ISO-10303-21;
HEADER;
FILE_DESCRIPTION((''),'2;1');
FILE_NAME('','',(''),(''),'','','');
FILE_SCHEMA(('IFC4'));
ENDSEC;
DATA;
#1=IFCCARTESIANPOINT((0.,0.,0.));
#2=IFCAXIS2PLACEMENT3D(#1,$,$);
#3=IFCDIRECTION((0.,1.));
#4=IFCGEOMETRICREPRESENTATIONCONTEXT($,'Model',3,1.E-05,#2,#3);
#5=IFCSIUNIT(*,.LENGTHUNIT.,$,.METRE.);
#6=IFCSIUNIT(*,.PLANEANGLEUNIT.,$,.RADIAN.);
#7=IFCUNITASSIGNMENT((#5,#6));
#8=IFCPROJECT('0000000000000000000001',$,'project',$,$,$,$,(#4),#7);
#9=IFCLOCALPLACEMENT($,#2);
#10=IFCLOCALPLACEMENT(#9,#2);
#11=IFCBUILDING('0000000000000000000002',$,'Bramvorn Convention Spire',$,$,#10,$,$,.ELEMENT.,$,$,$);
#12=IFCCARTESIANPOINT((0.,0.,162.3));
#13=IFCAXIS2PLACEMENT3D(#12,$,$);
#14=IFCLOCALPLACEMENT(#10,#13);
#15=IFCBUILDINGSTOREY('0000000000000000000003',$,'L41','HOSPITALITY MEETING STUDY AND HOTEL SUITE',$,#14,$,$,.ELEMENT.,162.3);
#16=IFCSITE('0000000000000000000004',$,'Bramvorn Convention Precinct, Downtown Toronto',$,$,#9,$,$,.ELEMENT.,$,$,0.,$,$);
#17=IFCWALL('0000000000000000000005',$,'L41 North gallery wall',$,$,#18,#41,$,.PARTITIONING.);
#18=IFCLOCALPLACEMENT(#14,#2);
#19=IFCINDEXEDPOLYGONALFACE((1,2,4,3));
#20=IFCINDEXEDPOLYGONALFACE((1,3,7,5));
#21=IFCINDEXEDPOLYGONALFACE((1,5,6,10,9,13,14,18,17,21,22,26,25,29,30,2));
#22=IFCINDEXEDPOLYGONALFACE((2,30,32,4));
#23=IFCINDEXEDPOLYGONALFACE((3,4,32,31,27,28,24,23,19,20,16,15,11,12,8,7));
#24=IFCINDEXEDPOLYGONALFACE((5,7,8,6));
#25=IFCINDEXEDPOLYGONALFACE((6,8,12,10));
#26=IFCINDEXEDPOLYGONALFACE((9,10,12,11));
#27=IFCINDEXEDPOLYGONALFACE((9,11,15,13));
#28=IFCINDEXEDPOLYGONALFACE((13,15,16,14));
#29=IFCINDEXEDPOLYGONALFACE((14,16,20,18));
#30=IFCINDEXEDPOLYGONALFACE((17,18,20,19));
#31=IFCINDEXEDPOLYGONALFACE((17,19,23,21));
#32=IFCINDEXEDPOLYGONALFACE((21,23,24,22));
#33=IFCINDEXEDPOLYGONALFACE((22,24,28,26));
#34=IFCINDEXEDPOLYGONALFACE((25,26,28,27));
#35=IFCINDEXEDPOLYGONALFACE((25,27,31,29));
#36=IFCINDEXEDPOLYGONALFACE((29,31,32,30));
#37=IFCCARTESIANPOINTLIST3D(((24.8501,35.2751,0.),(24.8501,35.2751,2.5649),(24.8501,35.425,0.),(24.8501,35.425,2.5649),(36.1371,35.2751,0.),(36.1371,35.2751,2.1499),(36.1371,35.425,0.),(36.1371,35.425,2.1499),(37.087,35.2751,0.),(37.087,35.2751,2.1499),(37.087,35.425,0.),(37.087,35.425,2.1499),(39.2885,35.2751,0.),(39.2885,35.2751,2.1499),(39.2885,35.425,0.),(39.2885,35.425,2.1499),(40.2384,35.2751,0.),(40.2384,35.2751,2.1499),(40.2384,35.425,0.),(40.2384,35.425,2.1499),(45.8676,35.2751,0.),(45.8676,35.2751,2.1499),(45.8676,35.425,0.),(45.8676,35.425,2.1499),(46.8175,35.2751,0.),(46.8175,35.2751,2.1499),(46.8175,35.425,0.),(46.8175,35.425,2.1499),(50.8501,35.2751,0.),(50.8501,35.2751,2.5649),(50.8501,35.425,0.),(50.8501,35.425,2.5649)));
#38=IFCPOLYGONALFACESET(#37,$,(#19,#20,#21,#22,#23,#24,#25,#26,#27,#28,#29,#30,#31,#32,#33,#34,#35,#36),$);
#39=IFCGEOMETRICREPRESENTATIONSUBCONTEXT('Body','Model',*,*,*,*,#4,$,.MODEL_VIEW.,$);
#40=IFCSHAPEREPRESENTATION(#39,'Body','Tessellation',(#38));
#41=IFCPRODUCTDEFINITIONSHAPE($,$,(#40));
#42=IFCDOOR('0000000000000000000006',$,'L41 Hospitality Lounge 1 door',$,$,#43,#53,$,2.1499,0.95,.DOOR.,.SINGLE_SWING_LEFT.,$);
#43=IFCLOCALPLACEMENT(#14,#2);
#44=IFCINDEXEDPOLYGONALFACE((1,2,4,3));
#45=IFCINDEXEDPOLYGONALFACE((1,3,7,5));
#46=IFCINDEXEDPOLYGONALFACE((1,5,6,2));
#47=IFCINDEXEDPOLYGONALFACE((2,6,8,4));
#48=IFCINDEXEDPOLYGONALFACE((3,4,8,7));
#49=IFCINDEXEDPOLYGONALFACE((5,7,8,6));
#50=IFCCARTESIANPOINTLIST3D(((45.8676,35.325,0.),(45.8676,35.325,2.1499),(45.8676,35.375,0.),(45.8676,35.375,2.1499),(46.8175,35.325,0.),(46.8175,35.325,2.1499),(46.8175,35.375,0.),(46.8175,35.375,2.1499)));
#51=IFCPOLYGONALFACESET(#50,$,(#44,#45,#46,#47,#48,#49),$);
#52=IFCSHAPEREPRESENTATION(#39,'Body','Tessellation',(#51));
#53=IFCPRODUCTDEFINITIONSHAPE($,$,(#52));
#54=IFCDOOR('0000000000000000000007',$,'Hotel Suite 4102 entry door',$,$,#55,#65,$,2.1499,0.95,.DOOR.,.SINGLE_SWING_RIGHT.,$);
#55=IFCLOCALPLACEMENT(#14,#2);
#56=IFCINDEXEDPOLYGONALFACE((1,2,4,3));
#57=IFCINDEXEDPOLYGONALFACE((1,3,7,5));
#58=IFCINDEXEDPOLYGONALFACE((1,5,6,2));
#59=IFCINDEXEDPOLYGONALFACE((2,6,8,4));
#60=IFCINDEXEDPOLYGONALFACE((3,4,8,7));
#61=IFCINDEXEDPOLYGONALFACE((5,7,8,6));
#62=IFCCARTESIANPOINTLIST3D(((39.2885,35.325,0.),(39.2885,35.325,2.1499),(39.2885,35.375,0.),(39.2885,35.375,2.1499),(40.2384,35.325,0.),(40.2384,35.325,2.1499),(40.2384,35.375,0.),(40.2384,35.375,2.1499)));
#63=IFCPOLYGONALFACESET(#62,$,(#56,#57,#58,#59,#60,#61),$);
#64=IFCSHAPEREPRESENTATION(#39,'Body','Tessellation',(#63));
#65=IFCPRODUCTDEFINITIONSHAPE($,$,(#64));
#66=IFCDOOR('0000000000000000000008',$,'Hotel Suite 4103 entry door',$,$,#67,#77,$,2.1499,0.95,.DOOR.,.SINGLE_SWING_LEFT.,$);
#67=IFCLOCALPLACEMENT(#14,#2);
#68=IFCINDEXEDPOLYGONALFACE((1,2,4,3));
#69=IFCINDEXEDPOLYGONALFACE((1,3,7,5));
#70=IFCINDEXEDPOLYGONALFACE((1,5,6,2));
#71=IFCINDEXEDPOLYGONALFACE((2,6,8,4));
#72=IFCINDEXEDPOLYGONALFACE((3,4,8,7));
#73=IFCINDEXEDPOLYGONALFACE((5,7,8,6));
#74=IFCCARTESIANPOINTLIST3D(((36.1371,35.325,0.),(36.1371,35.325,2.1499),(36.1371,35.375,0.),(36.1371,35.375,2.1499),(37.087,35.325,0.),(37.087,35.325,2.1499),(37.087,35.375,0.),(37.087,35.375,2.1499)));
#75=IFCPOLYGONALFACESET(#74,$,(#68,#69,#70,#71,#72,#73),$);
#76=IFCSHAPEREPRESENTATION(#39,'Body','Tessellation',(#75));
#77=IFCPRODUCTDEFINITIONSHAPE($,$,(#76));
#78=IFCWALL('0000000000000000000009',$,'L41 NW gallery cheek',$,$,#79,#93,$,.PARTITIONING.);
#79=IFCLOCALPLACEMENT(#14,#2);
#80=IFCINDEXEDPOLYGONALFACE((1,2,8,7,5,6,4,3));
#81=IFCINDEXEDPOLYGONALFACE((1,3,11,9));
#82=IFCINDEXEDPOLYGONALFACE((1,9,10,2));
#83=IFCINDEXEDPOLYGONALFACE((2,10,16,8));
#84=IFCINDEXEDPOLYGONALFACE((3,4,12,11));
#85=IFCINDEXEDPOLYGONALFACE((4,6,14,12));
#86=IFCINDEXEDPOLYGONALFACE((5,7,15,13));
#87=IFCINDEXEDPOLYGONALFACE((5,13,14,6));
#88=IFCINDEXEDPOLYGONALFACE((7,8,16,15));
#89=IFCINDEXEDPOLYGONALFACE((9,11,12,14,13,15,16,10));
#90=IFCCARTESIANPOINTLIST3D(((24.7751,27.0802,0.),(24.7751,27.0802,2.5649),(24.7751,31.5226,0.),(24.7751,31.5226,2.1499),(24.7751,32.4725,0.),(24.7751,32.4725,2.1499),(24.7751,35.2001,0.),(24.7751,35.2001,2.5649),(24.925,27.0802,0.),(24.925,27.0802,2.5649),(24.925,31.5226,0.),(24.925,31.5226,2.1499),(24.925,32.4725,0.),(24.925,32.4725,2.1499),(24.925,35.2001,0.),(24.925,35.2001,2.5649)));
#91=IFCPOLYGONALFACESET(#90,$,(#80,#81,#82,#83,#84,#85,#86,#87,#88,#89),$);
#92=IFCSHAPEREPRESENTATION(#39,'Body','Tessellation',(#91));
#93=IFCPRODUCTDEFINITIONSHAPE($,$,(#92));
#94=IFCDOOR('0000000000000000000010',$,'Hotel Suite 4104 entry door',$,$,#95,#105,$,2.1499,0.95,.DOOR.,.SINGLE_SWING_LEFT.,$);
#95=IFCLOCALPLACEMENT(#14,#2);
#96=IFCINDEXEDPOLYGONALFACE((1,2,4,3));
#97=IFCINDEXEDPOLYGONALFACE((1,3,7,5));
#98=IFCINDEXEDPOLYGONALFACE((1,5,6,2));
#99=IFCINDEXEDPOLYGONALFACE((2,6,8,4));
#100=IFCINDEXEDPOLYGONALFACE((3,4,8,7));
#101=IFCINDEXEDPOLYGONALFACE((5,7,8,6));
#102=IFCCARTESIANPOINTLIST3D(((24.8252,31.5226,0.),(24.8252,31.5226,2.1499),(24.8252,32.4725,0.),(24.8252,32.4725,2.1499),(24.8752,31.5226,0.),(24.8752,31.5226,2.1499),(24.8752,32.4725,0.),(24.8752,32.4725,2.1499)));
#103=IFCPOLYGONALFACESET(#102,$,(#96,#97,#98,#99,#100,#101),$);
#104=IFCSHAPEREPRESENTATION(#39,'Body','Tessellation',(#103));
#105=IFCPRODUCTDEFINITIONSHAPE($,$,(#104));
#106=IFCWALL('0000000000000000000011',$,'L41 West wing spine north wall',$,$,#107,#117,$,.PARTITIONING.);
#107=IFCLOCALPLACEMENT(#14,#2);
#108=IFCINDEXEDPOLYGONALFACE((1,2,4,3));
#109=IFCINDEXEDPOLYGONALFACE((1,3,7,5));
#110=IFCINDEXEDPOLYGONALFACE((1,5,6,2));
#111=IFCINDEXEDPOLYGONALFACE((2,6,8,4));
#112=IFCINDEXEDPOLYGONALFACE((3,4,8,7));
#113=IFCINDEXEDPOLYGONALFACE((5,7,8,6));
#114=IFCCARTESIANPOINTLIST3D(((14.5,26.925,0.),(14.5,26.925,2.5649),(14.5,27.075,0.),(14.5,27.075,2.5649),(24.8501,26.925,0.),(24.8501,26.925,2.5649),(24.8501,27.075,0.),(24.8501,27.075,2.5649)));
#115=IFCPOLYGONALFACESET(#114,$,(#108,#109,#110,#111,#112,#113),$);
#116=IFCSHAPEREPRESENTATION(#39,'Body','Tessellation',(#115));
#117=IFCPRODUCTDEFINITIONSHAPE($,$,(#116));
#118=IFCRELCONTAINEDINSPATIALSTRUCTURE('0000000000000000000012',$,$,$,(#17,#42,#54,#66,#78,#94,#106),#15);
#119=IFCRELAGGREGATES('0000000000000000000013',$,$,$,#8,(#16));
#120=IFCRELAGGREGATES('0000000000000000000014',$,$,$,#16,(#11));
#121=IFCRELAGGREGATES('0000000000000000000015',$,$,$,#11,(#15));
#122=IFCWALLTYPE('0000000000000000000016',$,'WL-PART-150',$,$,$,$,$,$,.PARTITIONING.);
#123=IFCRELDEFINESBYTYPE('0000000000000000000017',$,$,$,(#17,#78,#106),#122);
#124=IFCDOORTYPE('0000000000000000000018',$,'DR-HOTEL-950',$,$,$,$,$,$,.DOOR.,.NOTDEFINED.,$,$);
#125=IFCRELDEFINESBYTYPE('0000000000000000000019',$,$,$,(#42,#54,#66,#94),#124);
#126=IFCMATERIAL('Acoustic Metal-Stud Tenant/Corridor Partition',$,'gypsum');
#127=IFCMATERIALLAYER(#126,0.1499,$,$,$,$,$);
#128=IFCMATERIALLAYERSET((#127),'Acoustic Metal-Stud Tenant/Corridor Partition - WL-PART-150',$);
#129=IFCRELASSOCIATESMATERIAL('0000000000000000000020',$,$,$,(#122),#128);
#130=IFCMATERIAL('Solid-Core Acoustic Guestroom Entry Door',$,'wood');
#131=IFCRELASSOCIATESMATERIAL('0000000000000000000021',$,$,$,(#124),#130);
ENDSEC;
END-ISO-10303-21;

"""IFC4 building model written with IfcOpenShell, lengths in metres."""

from ifc_helpers import new_model, si_unit, direction, frame, frame_2d, origin, place, context, subcontext, project, spatial, rectangle, extrude, material, layer, layer_set, type_object, element, fill, save


model = new_model("IFC4")

# Units and contexts
model_context = context("Model", 3, precision=1e-05, world=origin(), true_north=direction((0.0, 1.0)))
body_context = subcontext(model_context, "Body", "Model", "MODEL_VIEW")
ifc_project = project(units=[si_unit("LENGTHUNIT", "METRE"), si_unit("PLANEANGLEUNIT", "RADIAN")], contexts=[model_context])

# Site, building, storey
site_placement = place(None, origin())
site = spatial("IfcSite", under=ifc_project, at=site_placement, Name="Bramvorn Convention Precinct, Downtown Toronto", CompositionType="ELEMENT", RefElevation=0.0)
building_placement = place(site_placement, origin())
building = spatial("IfcBuilding", under=site, at=building_placement, Name="Bramvorn Convention Spire", CompositionType="ELEMENT")
storey_placement = place(building_placement, frame((0.0, 0.0, 162.3)))
storey = spatial("IfcBuildingStorey", under=building, at=storey_placement, Name="L41", Description="HOSPITALITY MEETING STUDY AND HOTEL SUITE", CompositionType="ELEMENT", Elevation=162.3)

# Wall, openings, doors
ifc_material_1 = material(Name="Acoustic Metal-Stud Tenant/Corridor Partition", Category="gypsum")
ifc_layer_1 = layer(ifc_material_1, 0.1499)
ifc_layer_set_1 = layer_set([ifc_layer_1], Name="Acoustic Metal-Stud Tenant/Corridor Partition - WL-PART-150")
wall_type_1 = type_object("IfcWallType", Name="WL-PART-150", PredefinedType="PARTITIONING", material=ifc_layer_set_1)
wall_1_placement = place(storey_placement, frame((24.8501, 35.3501, 0.0), z_axis=(0.0, 0.0, 1.0), x_axis=(1.0, 0.0, 0.0)))
wall_1 = element("IfcWall", 1, at=wall_1_placement, inside=storey, type_object=wall_type_1, Name="L41 North gallery wall", PredefinedType="PARTITIONING", context=body_context, shape_type="SweptSolid", body=[
    extrude(rectangle(XDim=26.0, YDim=0.1499, at=frame_2d((13.0, 0.0))), origin(), (0.0, 0.0, 1.0), 2.5649),
])
opening_1_placement = place(wall_1_placement, frame((21.0173, 0.0, 0.0)))
opening_1 = element("IfcOpeningElement", 2, at=opening_1_placement, cuts=wall_1, PredefinedType="OPENING", context=body_context, shape_type="SweptSolid", body=[
    extrude(rectangle(XDim=0.95, YDim=2.1499, at=frame_2d((0.4751, 1.075))), frame((0.0, 0.085, 0.0), z_axis=(0.0, -1.0, 0.0), x_axis=(1.0, 0.0, 0.0)), (0.0, 0.0, 1.0), 0.1699),
])
opening_2_placement = place(wall_1_placement, frame((14.4382, 0.0, 0.0)))
opening_2 = element("IfcOpeningElement", 3, at=opening_2_placement, cuts=wall_1, PredefinedType="OPENING", context=body_context, shape_type="SweptSolid", body=[
    extrude(rectangle(XDim=0.95, YDim=2.1499, at=frame_2d((0.4751, 1.075))), frame((0.0, 0.085, 0.0), z_axis=(0.0, -1.0, 0.0), x_axis=(1.0, 0.0, 0.0)), (0.0, 0.0, 1.0), 0.1699),
])
opening_3_placement = place(wall_1_placement, frame((11.2869, 0.0, 0.0)))
opening_3 = element("IfcOpeningElement", 4, at=opening_3_placement, cuts=wall_1, PredefinedType="OPENING", context=body_context, shape_type="SweptSolid", body=[
    extrude(rectangle(XDim=0.95, YDim=2.1499, at=frame_2d((0.4751, 1.075))), frame((0.0, 0.085, 0.0), z_axis=(0.0, -1.0, 0.0), x_axis=(1.0, 0.0, 0.0)), (0.0, 0.0, 1.0), 0.1699),
])
ifc_material_2 = material(Name="Solid-Core Acoustic Guestroom Entry Door", Category="wood")
door_type_1 = type_object("IfcDoorType", Name="DR-HOTEL-950", OperationType="NOTDEFINED", PredefinedType="DOOR", material=ifc_material_2)
door_1_placement = place(opening_1_placement, origin())
door_1 = element("IfcDoor", 5, at=door_1_placement, inside=storey, type_object=door_type_1, Name="L41 Hospitality Lounge 1 door", OperationType="SINGLE_SWING_LEFT", OverallHeight=2.1499, OverallWidth=0.95, PredefinedType="DOOR", context=body_context, shape_type="SweptSolid", body=[
    extrude(rectangle(XDim=0.95, YDim=2.1499, at=frame_2d((0.4751, 1.075))), frame((0.0, 0.0249, 0.0), z_axis=(0.0, -1.0, 0.0), x_axis=(1.0, 0.0, 0.0)), (0.0, 0.0, 1.0), 0.05),
])
fill(opening_1, door_1)
door_2_placement = place(opening_2_placement, origin())
door_2 = element("IfcDoor", 6, at=door_2_placement, inside=storey, type_object=door_type_1, Name="Hotel Suite 4102 entry door", OperationType="SINGLE_SWING_RIGHT", OverallHeight=2.1499, OverallWidth=0.95, PredefinedType="DOOR", context=body_context, shape_type="SweptSolid", body=[
    extrude(rectangle(XDim=0.95, YDim=2.1499, at=frame_2d((0.4751, 1.075))), frame((0.0, 0.0249, 0.0), z_axis=(0.0, -1.0, 0.0), x_axis=(1.0, 0.0, 0.0)), (0.0, 0.0, 1.0), 0.05),
])
fill(opening_2, door_2)
door_3_placement = place(opening_3_placement, origin())
door_3 = element("IfcDoor", 7, at=door_3_placement, inside=storey, type_object=door_type_1, Name="Hotel Suite 4103 entry door", OperationType="SINGLE_SWING_LEFT", OverallHeight=2.1499, OverallWidth=0.95, PredefinedType="DOOR", context=body_context, shape_type="SweptSolid", body=[
    extrude(rectangle(XDim=0.95, YDim=2.1499, at=frame_2d((0.4751, 1.075))), frame((0.0, 0.0249, 0.0), z_axis=(0.0, -1.0, 0.0), x_axis=(1.0, 0.0, 0.0)), (0.0, 0.0, 1.0), 0.05),
])
fill(opening_3, door_3)

# Wall, opening, door
wall_2_placement = place(storey_placement, frame((24.8501, 27.0801, 0.0), z_axis=(0.0, 0.0, 1.0), x_axis=(0.0, 1.0, 0.0)))
wall_2 = element("IfcWall", 8, at=wall_2_placement, inside=storey, type_object=wall_type_1, Name="L41 NW gallery cheek", PredefinedType="PARTITIONING", context=body_context, shape_type="SweptSolid", body=[
    extrude(rectangle(XDim=8.1199, YDim=0.1499, at=frame_2d((4.0601, 0.0))), origin(), (0.0, 0.0, 1.0), 2.5649),
])
opening_4_placement = place(wall_2_placement, frame((4.4424, 0.0, 0.0)))
opening_4 = element("IfcOpeningElement", 9, at=opening_4_placement, cuts=wall_2, PredefinedType="OPENING", context=body_context, shape_type="SweptSolid", body=[
    extrude(rectangle(XDim=0.95, YDim=2.1499, at=frame_2d((0.4751, 1.075))), frame((0.0, 0.085, 0.0), z_axis=(0.0, -1.0, 0.0), x_axis=(1.0, 0.0, 0.0)), (0.0, 0.0, 1.0), 0.1699),
])
door_4_placement = place(opening_4_placement, origin())
door_4 = element("IfcDoor", 10, at=door_4_placement, inside=storey, type_object=door_type_1, Name="Hotel Suite 4104 entry door", OperationType="SINGLE_SWING_LEFT", OverallHeight=2.1499, OverallWidth=0.95, PredefinedType="DOOR", context=body_context, shape_type="SweptSolid", body=[
    extrude(rectangle(XDim=0.95, YDim=2.1499, at=frame_2d((0.4751, 1.075))), frame((0.0, 0.0249, 0.0), z_axis=(0.0, -1.0, 0.0), x_axis=(1.0, 0.0, 0.0)), (0.0, 0.0, 1.0), 0.05),
])
fill(opening_4, door_4)

# Wall
wall_3_placement = place(storey_placement, frame((14.5, 27.0, 0.0), z_axis=(0.0, 0.0, 1.0), x_axis=(1.0, 0.0, 0.0)))
element("IfcWall", 11, at=wall_3_placement, inside=storey, type_object=wall_type_1, Name="L41 West wing spine north wall", PredefinedType="PARTITIONING", context=body_context, shape_type="SweptSolid", body=[
    extrude(rectangle(XDim=10.3501, YDim=0.1499, at=frame_2d((5.175, 0.0))), origin(), (0.0, 0.0, 1.0), 2.5649),
])

save(model, "model.ifc")
